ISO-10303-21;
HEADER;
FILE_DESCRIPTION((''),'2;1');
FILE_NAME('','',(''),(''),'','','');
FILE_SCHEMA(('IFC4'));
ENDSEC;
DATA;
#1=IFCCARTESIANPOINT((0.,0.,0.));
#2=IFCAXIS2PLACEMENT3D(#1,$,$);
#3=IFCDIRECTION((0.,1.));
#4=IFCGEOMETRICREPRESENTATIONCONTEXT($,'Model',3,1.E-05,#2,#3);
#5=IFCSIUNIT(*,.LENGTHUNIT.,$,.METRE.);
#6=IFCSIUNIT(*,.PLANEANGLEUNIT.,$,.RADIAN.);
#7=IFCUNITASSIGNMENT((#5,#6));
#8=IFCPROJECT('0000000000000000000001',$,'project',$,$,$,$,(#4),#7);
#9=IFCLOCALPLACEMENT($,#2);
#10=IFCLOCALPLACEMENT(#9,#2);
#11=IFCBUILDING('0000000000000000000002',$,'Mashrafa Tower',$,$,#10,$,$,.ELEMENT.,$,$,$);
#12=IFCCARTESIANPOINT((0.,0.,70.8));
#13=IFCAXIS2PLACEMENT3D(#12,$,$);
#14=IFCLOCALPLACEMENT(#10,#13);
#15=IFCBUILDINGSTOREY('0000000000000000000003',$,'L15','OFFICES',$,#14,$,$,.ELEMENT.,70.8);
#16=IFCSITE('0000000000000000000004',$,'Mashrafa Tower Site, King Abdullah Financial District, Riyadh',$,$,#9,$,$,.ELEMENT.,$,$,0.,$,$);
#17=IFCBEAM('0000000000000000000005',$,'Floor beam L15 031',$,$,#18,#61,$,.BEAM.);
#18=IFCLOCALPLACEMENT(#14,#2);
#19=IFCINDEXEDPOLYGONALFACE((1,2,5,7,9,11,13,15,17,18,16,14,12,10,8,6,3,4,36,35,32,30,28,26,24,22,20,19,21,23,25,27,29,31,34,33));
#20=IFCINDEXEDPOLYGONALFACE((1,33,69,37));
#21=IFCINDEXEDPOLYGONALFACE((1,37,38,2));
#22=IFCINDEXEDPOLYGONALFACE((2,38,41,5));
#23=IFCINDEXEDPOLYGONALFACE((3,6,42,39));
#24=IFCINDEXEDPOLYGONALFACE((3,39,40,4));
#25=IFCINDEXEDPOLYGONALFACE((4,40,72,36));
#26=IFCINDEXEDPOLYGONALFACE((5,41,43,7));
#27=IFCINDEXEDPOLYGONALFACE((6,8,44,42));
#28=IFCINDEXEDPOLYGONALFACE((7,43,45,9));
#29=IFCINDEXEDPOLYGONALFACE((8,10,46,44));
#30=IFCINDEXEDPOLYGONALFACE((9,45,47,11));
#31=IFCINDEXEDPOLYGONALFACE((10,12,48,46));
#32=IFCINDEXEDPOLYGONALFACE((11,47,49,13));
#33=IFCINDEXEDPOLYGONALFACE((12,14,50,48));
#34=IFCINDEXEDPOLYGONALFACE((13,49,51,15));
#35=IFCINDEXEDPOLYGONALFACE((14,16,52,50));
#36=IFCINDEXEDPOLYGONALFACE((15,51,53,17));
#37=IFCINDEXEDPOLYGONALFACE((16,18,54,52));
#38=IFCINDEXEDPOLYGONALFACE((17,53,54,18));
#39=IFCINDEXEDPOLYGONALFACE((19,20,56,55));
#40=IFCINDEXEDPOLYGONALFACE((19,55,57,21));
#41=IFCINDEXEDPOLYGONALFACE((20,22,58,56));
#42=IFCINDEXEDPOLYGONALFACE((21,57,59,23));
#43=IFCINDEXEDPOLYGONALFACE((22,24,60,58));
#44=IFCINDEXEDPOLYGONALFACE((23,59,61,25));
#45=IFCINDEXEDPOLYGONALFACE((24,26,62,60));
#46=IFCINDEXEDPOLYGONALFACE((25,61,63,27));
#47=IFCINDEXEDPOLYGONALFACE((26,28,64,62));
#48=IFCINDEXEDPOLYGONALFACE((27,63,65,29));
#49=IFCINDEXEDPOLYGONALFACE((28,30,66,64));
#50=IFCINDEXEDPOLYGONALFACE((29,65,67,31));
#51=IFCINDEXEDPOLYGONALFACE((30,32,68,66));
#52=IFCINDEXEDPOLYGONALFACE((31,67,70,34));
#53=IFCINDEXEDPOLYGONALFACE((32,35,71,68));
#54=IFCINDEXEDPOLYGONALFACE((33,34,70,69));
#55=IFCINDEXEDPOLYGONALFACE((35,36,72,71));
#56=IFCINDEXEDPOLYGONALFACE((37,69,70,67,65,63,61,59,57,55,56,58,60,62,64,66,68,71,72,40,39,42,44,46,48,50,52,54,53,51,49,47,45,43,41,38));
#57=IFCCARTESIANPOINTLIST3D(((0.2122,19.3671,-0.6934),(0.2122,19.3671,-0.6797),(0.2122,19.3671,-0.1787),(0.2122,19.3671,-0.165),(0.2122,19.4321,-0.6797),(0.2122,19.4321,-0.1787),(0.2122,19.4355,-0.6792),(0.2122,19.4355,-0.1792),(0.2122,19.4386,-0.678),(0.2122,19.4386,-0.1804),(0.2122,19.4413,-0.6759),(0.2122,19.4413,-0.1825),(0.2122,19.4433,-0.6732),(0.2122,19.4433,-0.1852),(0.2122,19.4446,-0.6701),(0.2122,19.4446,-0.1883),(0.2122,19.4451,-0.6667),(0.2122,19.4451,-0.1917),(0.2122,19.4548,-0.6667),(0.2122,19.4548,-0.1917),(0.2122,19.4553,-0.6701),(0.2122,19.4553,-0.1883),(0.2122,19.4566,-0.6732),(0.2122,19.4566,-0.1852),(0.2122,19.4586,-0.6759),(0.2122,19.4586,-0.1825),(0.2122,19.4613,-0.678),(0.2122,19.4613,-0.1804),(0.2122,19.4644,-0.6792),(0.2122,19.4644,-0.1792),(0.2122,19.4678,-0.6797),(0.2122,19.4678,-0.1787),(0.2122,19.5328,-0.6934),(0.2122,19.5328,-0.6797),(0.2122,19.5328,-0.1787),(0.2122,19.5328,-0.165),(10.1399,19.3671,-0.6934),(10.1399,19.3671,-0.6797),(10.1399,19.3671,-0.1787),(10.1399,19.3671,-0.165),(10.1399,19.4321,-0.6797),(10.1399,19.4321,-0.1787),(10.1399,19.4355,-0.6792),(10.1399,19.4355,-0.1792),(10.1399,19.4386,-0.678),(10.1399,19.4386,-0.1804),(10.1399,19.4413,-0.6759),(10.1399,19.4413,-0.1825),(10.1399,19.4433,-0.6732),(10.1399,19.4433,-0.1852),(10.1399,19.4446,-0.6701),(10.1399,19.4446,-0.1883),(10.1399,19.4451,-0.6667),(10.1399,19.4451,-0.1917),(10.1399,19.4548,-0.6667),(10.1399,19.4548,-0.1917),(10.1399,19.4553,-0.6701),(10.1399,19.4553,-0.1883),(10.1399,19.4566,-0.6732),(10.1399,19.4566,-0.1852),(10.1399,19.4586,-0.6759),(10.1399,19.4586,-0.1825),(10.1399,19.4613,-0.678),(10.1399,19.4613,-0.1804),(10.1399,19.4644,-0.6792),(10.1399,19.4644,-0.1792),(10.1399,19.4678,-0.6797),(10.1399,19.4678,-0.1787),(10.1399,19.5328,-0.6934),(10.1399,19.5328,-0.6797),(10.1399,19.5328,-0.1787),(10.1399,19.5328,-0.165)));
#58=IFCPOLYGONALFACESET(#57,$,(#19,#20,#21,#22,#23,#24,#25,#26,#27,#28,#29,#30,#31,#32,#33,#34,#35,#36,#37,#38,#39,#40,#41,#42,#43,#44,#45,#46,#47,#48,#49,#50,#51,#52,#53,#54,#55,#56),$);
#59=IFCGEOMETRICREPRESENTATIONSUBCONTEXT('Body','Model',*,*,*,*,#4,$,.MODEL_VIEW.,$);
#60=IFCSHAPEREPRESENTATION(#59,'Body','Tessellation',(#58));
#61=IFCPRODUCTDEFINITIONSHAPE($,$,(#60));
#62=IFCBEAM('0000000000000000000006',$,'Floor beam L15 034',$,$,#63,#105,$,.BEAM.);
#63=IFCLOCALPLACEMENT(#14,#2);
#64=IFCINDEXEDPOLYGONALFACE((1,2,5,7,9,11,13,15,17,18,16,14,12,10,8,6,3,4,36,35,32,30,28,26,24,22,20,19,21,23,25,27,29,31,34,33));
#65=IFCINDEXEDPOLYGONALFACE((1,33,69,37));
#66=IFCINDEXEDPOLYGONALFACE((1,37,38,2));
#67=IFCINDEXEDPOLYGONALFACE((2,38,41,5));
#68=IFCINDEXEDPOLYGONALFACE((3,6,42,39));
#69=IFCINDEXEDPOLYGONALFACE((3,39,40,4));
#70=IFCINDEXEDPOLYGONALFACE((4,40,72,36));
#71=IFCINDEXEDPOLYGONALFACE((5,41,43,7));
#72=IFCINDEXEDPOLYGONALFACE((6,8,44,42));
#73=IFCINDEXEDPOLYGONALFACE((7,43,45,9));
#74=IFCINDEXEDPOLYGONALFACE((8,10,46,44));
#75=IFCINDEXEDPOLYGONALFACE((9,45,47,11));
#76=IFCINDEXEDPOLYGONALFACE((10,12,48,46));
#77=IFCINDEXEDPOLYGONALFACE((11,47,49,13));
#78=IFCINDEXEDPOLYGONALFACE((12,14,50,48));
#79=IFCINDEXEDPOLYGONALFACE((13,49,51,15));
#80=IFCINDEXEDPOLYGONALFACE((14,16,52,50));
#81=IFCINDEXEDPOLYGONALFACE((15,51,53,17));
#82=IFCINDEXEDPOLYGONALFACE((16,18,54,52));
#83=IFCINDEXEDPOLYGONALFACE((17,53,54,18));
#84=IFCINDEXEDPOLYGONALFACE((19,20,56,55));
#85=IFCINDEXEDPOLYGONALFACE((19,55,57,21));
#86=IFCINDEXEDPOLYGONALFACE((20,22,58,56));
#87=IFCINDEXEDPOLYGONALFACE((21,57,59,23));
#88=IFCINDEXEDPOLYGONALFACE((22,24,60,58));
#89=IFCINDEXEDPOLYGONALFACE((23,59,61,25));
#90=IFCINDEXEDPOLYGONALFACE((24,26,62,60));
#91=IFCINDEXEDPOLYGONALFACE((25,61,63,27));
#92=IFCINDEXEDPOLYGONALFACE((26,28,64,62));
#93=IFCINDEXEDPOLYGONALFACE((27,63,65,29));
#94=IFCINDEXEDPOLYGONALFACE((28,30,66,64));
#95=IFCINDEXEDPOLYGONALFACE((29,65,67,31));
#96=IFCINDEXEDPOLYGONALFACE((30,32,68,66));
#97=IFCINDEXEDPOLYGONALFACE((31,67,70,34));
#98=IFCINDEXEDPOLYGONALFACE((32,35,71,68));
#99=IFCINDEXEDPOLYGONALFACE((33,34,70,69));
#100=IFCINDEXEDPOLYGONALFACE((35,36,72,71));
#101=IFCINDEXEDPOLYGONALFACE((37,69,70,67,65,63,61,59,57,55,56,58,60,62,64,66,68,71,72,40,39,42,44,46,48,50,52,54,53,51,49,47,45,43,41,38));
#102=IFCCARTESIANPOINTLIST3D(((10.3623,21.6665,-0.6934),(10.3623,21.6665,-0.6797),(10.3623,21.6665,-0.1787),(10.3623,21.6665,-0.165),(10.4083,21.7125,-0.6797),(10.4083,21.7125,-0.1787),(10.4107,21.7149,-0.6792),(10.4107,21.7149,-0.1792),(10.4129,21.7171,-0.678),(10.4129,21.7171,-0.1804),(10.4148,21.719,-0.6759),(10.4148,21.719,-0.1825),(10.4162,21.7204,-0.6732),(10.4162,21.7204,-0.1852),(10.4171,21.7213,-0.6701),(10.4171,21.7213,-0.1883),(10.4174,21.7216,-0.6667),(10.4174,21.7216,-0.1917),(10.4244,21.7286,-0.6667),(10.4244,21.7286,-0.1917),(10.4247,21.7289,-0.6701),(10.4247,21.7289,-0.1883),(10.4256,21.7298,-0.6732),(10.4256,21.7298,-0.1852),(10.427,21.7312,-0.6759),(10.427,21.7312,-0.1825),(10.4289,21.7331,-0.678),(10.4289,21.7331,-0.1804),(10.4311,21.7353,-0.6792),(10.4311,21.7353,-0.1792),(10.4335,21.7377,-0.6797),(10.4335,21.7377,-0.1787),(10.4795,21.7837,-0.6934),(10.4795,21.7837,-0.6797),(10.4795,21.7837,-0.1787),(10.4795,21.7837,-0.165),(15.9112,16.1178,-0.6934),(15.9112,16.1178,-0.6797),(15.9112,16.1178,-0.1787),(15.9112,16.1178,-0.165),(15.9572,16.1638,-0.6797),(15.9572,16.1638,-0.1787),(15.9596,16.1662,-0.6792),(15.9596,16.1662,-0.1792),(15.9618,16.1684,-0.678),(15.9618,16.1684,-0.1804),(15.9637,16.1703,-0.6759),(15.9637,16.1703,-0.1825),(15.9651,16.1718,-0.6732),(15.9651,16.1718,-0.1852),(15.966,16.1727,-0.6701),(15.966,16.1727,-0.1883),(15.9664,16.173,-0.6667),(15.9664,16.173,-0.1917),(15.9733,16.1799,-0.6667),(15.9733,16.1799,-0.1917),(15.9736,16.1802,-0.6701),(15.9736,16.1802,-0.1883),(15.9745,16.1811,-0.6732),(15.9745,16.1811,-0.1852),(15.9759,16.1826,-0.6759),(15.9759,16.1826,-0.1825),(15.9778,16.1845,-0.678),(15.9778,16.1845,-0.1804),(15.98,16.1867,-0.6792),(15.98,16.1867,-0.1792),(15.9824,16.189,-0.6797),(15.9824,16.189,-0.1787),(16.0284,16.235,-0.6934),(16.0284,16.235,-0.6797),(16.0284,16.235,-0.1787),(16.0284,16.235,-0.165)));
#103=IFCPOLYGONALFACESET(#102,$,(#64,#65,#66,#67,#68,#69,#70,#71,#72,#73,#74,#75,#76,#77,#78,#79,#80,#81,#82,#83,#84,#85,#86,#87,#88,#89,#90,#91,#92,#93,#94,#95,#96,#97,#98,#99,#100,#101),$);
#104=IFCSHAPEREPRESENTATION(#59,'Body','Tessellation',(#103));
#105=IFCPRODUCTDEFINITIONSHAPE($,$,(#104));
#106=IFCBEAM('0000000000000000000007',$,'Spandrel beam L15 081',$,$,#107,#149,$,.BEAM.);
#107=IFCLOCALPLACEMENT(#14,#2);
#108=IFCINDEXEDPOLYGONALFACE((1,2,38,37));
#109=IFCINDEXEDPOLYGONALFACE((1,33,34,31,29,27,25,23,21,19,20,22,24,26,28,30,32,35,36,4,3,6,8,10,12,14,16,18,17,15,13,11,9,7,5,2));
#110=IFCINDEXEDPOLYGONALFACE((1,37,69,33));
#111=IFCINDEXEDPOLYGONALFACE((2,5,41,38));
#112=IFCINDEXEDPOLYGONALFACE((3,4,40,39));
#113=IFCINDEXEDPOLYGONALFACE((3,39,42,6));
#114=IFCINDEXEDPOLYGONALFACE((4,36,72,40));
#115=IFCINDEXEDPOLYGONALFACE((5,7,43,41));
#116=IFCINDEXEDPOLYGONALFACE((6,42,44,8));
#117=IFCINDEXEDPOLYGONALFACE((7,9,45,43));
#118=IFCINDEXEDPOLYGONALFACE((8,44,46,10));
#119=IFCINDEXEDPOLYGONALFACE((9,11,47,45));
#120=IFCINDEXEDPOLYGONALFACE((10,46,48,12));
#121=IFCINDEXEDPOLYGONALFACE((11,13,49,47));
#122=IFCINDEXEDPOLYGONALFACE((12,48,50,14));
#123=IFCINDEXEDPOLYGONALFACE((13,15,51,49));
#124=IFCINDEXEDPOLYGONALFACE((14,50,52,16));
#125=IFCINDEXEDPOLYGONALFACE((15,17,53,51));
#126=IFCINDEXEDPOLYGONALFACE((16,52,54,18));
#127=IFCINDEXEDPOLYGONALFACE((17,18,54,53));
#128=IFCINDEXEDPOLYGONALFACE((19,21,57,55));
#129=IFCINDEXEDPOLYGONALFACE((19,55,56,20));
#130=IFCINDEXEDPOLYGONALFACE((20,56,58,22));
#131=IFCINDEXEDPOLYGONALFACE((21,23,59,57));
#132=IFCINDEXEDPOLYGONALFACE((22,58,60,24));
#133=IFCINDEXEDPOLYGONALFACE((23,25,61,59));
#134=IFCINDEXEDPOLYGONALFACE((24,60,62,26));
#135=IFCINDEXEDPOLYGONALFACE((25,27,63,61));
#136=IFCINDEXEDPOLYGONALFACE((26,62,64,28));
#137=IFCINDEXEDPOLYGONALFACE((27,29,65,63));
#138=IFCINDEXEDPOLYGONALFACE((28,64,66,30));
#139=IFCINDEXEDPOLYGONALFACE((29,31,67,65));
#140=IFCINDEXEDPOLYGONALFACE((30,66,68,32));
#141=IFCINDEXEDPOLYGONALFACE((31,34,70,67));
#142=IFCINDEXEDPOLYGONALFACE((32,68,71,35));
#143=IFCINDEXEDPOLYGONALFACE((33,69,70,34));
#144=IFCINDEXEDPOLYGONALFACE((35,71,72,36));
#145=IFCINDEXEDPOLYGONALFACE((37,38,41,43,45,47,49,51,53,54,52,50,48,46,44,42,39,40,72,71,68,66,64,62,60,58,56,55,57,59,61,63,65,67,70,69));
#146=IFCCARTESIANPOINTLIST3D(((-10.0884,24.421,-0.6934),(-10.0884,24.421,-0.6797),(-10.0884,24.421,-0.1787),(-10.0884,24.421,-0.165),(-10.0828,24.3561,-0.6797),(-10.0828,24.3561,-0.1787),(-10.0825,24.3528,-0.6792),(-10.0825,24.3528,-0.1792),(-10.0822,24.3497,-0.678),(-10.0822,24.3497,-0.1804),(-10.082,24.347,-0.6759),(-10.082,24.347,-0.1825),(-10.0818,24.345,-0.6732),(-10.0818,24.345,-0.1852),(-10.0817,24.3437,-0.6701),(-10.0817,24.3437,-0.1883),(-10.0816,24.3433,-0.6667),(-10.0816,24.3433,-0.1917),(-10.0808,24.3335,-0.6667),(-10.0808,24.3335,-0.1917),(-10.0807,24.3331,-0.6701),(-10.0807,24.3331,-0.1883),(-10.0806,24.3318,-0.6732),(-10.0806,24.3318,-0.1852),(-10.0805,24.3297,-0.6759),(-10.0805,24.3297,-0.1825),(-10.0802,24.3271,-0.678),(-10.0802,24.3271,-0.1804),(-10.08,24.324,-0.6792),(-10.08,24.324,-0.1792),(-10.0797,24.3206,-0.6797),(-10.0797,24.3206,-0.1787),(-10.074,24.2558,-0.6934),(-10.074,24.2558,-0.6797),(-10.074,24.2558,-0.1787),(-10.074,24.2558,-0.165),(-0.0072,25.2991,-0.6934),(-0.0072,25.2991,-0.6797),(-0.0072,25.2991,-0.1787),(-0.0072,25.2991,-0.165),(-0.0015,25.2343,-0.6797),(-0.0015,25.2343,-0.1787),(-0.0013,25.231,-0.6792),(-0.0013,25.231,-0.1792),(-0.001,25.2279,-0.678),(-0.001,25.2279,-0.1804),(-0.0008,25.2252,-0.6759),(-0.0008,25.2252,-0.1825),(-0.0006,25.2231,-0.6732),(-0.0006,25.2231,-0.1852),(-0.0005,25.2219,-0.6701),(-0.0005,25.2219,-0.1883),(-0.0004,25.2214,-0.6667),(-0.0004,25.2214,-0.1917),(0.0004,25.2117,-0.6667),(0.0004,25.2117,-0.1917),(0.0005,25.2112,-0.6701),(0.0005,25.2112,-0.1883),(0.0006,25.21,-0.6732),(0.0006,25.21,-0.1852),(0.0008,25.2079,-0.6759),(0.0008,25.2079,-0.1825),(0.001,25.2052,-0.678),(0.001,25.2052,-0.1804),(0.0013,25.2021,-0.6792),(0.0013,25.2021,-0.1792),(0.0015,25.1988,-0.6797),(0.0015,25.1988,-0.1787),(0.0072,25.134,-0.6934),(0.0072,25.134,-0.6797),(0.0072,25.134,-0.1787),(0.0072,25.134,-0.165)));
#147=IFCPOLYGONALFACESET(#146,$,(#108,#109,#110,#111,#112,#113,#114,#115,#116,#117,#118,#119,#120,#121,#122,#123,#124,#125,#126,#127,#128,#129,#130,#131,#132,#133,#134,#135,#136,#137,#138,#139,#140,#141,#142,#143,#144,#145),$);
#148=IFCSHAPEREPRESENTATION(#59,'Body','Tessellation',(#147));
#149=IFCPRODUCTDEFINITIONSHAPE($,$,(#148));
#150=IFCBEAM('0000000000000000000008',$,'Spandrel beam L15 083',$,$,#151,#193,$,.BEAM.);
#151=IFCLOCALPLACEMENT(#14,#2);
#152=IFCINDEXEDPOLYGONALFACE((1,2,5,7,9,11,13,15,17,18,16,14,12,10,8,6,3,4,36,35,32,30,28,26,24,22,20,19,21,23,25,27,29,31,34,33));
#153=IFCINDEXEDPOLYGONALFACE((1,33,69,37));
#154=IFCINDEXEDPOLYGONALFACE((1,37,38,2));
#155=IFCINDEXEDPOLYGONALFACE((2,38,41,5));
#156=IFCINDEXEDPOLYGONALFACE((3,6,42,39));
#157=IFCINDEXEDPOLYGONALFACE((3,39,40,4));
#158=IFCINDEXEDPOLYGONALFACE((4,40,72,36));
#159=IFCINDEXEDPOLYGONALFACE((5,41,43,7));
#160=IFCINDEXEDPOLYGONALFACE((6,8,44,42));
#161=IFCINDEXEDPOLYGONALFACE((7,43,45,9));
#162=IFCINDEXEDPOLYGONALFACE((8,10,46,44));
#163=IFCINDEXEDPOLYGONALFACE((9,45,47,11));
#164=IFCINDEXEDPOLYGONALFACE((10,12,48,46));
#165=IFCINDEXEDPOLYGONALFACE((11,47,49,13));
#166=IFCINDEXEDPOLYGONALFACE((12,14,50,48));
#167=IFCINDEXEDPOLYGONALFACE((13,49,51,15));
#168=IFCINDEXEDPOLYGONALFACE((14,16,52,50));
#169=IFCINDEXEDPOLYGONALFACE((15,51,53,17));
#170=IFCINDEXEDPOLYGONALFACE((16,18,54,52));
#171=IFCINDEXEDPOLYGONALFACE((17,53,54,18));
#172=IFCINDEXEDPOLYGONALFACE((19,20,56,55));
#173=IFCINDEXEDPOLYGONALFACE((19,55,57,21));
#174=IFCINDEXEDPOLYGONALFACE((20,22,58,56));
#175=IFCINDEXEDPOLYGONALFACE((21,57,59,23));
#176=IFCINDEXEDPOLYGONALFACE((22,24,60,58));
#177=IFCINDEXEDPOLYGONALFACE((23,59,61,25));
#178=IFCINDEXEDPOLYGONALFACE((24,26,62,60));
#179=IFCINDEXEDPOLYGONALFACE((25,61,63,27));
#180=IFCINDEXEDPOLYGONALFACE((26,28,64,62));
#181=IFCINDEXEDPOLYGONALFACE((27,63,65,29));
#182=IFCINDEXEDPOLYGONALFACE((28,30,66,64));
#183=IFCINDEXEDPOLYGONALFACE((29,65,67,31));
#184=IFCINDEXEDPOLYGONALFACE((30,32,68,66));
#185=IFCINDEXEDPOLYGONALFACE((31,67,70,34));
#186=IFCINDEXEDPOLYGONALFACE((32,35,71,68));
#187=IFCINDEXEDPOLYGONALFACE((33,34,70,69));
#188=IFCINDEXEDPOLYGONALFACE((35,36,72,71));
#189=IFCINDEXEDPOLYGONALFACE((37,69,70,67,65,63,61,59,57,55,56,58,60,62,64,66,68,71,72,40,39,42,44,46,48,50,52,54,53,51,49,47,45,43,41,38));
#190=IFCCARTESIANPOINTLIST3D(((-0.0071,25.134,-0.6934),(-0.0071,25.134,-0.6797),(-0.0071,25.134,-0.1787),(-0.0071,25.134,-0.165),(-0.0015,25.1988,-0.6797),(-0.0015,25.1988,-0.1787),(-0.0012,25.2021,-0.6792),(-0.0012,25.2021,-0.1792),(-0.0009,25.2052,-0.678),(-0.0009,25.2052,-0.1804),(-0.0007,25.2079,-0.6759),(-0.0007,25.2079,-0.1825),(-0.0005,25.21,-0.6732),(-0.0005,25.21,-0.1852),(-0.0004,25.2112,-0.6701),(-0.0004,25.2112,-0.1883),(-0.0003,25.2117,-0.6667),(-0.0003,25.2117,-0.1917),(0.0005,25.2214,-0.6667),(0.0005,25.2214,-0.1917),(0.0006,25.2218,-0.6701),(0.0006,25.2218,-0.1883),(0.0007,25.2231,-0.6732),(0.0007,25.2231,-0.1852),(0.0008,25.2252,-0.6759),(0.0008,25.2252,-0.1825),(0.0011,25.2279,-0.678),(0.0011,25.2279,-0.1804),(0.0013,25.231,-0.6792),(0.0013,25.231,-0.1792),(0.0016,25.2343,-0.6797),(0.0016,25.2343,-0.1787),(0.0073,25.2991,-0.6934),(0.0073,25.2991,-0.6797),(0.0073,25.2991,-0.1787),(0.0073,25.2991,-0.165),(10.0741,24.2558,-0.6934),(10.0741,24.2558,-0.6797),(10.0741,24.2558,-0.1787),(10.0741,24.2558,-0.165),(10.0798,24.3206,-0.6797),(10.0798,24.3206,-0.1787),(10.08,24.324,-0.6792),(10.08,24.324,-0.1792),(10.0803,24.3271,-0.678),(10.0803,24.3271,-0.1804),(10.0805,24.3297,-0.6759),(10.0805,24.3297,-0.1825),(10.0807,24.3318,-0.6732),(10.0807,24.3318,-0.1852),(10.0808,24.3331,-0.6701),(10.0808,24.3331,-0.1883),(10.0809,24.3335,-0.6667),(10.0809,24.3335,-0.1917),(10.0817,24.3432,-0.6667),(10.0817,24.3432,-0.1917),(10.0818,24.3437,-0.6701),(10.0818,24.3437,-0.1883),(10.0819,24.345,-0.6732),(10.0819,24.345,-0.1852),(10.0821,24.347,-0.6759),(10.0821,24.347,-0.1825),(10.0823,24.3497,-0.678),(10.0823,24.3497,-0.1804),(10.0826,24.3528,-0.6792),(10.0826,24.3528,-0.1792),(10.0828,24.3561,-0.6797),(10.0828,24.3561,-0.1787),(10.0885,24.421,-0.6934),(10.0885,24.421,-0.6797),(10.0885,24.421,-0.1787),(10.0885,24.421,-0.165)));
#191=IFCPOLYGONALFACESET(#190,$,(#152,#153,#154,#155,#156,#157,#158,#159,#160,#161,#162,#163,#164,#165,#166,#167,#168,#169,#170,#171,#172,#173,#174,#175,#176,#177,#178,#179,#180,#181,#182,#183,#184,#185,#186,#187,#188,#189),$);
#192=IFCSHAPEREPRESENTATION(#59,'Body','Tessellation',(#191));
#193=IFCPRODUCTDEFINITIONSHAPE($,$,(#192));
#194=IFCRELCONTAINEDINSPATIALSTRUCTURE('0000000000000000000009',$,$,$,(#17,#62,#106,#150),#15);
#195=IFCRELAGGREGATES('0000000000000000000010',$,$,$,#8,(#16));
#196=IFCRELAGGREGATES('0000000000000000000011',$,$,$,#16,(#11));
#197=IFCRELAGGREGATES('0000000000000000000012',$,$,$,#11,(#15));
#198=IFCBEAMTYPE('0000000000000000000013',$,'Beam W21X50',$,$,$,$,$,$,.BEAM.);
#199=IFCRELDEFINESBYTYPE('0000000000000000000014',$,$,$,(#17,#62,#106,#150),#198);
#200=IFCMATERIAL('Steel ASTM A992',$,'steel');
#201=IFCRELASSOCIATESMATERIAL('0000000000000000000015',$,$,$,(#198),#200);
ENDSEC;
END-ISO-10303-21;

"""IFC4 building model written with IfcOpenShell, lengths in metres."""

from ifc_helpers import new_model, si_unit, direction, frame, origin, origin_2d, place, context, subcontext, project, spatial, i_section, extrude, material, material_profile, profile_set, type_object, element, save


model = new_model("IFC4")

# Units and contexts
model_context = context("Model", 3, precision=1e-05, world=origin(), true_north=direction((0.0, 1.0)))
body_context = subcontext(model_context, "Body", "Model", "MODEL_VIEW")
ifc_project = project(units=[si_unit("LENGTHUNIT", "METRE"), si_unit("PLANEANGLEUNIT", "RADIAN")], contexts=[model_context])

# Site, building, storey
site_placement = place(None, origin())
site = spatial("IfcSite", under=ifc_project, at=site_placement, Name="Mashrafa Tower Site, King Abdullah Financial District, Riyadh", CompositionType="ELEMENT", RefElevation=0.0)
building_placement = place(site_placement, origin())
building = spatial("IfcBuilding", under=site, at=building_placement, Name="Mashrafa Tower", CompositionType="ELEMENT")
storey_placement = place(building_placement, frame((0.0, 0.0, 70.8)))
storey = spatial("IfcBuildingStorey", under=building, at=storey_placement, Name="L15", Description="OFFICES", CompositionType="ELEMENT", Elevation=70.8)

# Beams
ifc_material_1 = material(Name="Steel ASTM A992", Category="steel")
ifc_material_profile_1 = material_profile(ifc_material_1, i_section(OverallWidth=0.1658, OverallDepth=0.5283, WebThickness=0.0098, FlangeThickness=0.0137, FilletRadius=0.0129, at=origin_2d()), Name="W21X50")
ifc_profile_set_1 = profile_set([ifc_material_profile_1], Name="Steel ASTM A992")
beam_type_1 = type_object("IfcBeamType", Name="Beam W21X50", PredefinedType="BEAM", material=ifc_profile_set_1)
beam_1_placement = place(storey_placement, frame((0.2122, 19.45, -0.4292), z_axis=(1.0, 0.0, 0.0), x_axis=(0.0, 1.0, 0.0)))
element("IfcBeam", 1, at=beam_1_placement, inside=storey, type_object=beam_type_1, Name="Floor beam L15 031", PredefinedType="BEAM", context=body_context, shape_type="SweptSolid", body=[
    extrude(i_section(OverallWidth=0.1658, OverallDepth=0.5283, WebThickness=0.0098, FlangeThickness=0.0137, FilletRadius=0.0129, at=origin_2d()), origin(), (0.0, 0.0, 1.0), 9.9277),
])
beam_2_placement = place(storey_placement, frame((10.4209, 21.7251, -0.4292), z_axis=(0.707122, -0.707091, 0.0), x_axis=(0.707091, 0.707122, 0.0)))
element("IfcBeam", 2, at=beam_2_placement, inside=storey, type_object=beam_type_1, Name="Floor beam L15 034", PredefinedType="BEAM", context=body_context, shape_type="SweptSolid", body=[
    extrude(i_section(OverallWidth=0.1658, OverallDepth=0.5283, WebThickness=0.0098, FlangeThickness=0.0137, FilletRadius=0.0129, at=origin_2d()), origin(), (0.0, 0.0, 1.0), 7.8472),
])
for number, where, z_axis, x_axis, name in (
    (3, (0.0, 25.2166, -0.4292), (-0.996227, -0.086781, 0.0), (0.086781, -0.996227, 0.0), "Spandrel beam L15 081"),
    (4, (10.0813, 24.3384, -0.4292), (-0.996227, 0.086781, 0.0), (-0.086781, -0.996227, 0.0), "Spandrel beam L15 083"),
):
    element("IfcBeam", number, at=place(storey_placement, frame(where, z_axis=z_axis, x_axis=x_axis)), inside=storey, type_object=beam_type_1, Name=name, PredefinedType="BEAM", context=body_context, shape_type="SweptSolid", body=[
        extrude(i_section(OverallWidth=0.1658, OverallDepth=0.5283, WebThickness=0.0098, FlangeThickness=0.0137, FilletRadius=0.0129, at=origin_2d()), origin(), (0.0, 0.0, 1.0), 10.1194),
    ])

save(model, "model.ifc")
